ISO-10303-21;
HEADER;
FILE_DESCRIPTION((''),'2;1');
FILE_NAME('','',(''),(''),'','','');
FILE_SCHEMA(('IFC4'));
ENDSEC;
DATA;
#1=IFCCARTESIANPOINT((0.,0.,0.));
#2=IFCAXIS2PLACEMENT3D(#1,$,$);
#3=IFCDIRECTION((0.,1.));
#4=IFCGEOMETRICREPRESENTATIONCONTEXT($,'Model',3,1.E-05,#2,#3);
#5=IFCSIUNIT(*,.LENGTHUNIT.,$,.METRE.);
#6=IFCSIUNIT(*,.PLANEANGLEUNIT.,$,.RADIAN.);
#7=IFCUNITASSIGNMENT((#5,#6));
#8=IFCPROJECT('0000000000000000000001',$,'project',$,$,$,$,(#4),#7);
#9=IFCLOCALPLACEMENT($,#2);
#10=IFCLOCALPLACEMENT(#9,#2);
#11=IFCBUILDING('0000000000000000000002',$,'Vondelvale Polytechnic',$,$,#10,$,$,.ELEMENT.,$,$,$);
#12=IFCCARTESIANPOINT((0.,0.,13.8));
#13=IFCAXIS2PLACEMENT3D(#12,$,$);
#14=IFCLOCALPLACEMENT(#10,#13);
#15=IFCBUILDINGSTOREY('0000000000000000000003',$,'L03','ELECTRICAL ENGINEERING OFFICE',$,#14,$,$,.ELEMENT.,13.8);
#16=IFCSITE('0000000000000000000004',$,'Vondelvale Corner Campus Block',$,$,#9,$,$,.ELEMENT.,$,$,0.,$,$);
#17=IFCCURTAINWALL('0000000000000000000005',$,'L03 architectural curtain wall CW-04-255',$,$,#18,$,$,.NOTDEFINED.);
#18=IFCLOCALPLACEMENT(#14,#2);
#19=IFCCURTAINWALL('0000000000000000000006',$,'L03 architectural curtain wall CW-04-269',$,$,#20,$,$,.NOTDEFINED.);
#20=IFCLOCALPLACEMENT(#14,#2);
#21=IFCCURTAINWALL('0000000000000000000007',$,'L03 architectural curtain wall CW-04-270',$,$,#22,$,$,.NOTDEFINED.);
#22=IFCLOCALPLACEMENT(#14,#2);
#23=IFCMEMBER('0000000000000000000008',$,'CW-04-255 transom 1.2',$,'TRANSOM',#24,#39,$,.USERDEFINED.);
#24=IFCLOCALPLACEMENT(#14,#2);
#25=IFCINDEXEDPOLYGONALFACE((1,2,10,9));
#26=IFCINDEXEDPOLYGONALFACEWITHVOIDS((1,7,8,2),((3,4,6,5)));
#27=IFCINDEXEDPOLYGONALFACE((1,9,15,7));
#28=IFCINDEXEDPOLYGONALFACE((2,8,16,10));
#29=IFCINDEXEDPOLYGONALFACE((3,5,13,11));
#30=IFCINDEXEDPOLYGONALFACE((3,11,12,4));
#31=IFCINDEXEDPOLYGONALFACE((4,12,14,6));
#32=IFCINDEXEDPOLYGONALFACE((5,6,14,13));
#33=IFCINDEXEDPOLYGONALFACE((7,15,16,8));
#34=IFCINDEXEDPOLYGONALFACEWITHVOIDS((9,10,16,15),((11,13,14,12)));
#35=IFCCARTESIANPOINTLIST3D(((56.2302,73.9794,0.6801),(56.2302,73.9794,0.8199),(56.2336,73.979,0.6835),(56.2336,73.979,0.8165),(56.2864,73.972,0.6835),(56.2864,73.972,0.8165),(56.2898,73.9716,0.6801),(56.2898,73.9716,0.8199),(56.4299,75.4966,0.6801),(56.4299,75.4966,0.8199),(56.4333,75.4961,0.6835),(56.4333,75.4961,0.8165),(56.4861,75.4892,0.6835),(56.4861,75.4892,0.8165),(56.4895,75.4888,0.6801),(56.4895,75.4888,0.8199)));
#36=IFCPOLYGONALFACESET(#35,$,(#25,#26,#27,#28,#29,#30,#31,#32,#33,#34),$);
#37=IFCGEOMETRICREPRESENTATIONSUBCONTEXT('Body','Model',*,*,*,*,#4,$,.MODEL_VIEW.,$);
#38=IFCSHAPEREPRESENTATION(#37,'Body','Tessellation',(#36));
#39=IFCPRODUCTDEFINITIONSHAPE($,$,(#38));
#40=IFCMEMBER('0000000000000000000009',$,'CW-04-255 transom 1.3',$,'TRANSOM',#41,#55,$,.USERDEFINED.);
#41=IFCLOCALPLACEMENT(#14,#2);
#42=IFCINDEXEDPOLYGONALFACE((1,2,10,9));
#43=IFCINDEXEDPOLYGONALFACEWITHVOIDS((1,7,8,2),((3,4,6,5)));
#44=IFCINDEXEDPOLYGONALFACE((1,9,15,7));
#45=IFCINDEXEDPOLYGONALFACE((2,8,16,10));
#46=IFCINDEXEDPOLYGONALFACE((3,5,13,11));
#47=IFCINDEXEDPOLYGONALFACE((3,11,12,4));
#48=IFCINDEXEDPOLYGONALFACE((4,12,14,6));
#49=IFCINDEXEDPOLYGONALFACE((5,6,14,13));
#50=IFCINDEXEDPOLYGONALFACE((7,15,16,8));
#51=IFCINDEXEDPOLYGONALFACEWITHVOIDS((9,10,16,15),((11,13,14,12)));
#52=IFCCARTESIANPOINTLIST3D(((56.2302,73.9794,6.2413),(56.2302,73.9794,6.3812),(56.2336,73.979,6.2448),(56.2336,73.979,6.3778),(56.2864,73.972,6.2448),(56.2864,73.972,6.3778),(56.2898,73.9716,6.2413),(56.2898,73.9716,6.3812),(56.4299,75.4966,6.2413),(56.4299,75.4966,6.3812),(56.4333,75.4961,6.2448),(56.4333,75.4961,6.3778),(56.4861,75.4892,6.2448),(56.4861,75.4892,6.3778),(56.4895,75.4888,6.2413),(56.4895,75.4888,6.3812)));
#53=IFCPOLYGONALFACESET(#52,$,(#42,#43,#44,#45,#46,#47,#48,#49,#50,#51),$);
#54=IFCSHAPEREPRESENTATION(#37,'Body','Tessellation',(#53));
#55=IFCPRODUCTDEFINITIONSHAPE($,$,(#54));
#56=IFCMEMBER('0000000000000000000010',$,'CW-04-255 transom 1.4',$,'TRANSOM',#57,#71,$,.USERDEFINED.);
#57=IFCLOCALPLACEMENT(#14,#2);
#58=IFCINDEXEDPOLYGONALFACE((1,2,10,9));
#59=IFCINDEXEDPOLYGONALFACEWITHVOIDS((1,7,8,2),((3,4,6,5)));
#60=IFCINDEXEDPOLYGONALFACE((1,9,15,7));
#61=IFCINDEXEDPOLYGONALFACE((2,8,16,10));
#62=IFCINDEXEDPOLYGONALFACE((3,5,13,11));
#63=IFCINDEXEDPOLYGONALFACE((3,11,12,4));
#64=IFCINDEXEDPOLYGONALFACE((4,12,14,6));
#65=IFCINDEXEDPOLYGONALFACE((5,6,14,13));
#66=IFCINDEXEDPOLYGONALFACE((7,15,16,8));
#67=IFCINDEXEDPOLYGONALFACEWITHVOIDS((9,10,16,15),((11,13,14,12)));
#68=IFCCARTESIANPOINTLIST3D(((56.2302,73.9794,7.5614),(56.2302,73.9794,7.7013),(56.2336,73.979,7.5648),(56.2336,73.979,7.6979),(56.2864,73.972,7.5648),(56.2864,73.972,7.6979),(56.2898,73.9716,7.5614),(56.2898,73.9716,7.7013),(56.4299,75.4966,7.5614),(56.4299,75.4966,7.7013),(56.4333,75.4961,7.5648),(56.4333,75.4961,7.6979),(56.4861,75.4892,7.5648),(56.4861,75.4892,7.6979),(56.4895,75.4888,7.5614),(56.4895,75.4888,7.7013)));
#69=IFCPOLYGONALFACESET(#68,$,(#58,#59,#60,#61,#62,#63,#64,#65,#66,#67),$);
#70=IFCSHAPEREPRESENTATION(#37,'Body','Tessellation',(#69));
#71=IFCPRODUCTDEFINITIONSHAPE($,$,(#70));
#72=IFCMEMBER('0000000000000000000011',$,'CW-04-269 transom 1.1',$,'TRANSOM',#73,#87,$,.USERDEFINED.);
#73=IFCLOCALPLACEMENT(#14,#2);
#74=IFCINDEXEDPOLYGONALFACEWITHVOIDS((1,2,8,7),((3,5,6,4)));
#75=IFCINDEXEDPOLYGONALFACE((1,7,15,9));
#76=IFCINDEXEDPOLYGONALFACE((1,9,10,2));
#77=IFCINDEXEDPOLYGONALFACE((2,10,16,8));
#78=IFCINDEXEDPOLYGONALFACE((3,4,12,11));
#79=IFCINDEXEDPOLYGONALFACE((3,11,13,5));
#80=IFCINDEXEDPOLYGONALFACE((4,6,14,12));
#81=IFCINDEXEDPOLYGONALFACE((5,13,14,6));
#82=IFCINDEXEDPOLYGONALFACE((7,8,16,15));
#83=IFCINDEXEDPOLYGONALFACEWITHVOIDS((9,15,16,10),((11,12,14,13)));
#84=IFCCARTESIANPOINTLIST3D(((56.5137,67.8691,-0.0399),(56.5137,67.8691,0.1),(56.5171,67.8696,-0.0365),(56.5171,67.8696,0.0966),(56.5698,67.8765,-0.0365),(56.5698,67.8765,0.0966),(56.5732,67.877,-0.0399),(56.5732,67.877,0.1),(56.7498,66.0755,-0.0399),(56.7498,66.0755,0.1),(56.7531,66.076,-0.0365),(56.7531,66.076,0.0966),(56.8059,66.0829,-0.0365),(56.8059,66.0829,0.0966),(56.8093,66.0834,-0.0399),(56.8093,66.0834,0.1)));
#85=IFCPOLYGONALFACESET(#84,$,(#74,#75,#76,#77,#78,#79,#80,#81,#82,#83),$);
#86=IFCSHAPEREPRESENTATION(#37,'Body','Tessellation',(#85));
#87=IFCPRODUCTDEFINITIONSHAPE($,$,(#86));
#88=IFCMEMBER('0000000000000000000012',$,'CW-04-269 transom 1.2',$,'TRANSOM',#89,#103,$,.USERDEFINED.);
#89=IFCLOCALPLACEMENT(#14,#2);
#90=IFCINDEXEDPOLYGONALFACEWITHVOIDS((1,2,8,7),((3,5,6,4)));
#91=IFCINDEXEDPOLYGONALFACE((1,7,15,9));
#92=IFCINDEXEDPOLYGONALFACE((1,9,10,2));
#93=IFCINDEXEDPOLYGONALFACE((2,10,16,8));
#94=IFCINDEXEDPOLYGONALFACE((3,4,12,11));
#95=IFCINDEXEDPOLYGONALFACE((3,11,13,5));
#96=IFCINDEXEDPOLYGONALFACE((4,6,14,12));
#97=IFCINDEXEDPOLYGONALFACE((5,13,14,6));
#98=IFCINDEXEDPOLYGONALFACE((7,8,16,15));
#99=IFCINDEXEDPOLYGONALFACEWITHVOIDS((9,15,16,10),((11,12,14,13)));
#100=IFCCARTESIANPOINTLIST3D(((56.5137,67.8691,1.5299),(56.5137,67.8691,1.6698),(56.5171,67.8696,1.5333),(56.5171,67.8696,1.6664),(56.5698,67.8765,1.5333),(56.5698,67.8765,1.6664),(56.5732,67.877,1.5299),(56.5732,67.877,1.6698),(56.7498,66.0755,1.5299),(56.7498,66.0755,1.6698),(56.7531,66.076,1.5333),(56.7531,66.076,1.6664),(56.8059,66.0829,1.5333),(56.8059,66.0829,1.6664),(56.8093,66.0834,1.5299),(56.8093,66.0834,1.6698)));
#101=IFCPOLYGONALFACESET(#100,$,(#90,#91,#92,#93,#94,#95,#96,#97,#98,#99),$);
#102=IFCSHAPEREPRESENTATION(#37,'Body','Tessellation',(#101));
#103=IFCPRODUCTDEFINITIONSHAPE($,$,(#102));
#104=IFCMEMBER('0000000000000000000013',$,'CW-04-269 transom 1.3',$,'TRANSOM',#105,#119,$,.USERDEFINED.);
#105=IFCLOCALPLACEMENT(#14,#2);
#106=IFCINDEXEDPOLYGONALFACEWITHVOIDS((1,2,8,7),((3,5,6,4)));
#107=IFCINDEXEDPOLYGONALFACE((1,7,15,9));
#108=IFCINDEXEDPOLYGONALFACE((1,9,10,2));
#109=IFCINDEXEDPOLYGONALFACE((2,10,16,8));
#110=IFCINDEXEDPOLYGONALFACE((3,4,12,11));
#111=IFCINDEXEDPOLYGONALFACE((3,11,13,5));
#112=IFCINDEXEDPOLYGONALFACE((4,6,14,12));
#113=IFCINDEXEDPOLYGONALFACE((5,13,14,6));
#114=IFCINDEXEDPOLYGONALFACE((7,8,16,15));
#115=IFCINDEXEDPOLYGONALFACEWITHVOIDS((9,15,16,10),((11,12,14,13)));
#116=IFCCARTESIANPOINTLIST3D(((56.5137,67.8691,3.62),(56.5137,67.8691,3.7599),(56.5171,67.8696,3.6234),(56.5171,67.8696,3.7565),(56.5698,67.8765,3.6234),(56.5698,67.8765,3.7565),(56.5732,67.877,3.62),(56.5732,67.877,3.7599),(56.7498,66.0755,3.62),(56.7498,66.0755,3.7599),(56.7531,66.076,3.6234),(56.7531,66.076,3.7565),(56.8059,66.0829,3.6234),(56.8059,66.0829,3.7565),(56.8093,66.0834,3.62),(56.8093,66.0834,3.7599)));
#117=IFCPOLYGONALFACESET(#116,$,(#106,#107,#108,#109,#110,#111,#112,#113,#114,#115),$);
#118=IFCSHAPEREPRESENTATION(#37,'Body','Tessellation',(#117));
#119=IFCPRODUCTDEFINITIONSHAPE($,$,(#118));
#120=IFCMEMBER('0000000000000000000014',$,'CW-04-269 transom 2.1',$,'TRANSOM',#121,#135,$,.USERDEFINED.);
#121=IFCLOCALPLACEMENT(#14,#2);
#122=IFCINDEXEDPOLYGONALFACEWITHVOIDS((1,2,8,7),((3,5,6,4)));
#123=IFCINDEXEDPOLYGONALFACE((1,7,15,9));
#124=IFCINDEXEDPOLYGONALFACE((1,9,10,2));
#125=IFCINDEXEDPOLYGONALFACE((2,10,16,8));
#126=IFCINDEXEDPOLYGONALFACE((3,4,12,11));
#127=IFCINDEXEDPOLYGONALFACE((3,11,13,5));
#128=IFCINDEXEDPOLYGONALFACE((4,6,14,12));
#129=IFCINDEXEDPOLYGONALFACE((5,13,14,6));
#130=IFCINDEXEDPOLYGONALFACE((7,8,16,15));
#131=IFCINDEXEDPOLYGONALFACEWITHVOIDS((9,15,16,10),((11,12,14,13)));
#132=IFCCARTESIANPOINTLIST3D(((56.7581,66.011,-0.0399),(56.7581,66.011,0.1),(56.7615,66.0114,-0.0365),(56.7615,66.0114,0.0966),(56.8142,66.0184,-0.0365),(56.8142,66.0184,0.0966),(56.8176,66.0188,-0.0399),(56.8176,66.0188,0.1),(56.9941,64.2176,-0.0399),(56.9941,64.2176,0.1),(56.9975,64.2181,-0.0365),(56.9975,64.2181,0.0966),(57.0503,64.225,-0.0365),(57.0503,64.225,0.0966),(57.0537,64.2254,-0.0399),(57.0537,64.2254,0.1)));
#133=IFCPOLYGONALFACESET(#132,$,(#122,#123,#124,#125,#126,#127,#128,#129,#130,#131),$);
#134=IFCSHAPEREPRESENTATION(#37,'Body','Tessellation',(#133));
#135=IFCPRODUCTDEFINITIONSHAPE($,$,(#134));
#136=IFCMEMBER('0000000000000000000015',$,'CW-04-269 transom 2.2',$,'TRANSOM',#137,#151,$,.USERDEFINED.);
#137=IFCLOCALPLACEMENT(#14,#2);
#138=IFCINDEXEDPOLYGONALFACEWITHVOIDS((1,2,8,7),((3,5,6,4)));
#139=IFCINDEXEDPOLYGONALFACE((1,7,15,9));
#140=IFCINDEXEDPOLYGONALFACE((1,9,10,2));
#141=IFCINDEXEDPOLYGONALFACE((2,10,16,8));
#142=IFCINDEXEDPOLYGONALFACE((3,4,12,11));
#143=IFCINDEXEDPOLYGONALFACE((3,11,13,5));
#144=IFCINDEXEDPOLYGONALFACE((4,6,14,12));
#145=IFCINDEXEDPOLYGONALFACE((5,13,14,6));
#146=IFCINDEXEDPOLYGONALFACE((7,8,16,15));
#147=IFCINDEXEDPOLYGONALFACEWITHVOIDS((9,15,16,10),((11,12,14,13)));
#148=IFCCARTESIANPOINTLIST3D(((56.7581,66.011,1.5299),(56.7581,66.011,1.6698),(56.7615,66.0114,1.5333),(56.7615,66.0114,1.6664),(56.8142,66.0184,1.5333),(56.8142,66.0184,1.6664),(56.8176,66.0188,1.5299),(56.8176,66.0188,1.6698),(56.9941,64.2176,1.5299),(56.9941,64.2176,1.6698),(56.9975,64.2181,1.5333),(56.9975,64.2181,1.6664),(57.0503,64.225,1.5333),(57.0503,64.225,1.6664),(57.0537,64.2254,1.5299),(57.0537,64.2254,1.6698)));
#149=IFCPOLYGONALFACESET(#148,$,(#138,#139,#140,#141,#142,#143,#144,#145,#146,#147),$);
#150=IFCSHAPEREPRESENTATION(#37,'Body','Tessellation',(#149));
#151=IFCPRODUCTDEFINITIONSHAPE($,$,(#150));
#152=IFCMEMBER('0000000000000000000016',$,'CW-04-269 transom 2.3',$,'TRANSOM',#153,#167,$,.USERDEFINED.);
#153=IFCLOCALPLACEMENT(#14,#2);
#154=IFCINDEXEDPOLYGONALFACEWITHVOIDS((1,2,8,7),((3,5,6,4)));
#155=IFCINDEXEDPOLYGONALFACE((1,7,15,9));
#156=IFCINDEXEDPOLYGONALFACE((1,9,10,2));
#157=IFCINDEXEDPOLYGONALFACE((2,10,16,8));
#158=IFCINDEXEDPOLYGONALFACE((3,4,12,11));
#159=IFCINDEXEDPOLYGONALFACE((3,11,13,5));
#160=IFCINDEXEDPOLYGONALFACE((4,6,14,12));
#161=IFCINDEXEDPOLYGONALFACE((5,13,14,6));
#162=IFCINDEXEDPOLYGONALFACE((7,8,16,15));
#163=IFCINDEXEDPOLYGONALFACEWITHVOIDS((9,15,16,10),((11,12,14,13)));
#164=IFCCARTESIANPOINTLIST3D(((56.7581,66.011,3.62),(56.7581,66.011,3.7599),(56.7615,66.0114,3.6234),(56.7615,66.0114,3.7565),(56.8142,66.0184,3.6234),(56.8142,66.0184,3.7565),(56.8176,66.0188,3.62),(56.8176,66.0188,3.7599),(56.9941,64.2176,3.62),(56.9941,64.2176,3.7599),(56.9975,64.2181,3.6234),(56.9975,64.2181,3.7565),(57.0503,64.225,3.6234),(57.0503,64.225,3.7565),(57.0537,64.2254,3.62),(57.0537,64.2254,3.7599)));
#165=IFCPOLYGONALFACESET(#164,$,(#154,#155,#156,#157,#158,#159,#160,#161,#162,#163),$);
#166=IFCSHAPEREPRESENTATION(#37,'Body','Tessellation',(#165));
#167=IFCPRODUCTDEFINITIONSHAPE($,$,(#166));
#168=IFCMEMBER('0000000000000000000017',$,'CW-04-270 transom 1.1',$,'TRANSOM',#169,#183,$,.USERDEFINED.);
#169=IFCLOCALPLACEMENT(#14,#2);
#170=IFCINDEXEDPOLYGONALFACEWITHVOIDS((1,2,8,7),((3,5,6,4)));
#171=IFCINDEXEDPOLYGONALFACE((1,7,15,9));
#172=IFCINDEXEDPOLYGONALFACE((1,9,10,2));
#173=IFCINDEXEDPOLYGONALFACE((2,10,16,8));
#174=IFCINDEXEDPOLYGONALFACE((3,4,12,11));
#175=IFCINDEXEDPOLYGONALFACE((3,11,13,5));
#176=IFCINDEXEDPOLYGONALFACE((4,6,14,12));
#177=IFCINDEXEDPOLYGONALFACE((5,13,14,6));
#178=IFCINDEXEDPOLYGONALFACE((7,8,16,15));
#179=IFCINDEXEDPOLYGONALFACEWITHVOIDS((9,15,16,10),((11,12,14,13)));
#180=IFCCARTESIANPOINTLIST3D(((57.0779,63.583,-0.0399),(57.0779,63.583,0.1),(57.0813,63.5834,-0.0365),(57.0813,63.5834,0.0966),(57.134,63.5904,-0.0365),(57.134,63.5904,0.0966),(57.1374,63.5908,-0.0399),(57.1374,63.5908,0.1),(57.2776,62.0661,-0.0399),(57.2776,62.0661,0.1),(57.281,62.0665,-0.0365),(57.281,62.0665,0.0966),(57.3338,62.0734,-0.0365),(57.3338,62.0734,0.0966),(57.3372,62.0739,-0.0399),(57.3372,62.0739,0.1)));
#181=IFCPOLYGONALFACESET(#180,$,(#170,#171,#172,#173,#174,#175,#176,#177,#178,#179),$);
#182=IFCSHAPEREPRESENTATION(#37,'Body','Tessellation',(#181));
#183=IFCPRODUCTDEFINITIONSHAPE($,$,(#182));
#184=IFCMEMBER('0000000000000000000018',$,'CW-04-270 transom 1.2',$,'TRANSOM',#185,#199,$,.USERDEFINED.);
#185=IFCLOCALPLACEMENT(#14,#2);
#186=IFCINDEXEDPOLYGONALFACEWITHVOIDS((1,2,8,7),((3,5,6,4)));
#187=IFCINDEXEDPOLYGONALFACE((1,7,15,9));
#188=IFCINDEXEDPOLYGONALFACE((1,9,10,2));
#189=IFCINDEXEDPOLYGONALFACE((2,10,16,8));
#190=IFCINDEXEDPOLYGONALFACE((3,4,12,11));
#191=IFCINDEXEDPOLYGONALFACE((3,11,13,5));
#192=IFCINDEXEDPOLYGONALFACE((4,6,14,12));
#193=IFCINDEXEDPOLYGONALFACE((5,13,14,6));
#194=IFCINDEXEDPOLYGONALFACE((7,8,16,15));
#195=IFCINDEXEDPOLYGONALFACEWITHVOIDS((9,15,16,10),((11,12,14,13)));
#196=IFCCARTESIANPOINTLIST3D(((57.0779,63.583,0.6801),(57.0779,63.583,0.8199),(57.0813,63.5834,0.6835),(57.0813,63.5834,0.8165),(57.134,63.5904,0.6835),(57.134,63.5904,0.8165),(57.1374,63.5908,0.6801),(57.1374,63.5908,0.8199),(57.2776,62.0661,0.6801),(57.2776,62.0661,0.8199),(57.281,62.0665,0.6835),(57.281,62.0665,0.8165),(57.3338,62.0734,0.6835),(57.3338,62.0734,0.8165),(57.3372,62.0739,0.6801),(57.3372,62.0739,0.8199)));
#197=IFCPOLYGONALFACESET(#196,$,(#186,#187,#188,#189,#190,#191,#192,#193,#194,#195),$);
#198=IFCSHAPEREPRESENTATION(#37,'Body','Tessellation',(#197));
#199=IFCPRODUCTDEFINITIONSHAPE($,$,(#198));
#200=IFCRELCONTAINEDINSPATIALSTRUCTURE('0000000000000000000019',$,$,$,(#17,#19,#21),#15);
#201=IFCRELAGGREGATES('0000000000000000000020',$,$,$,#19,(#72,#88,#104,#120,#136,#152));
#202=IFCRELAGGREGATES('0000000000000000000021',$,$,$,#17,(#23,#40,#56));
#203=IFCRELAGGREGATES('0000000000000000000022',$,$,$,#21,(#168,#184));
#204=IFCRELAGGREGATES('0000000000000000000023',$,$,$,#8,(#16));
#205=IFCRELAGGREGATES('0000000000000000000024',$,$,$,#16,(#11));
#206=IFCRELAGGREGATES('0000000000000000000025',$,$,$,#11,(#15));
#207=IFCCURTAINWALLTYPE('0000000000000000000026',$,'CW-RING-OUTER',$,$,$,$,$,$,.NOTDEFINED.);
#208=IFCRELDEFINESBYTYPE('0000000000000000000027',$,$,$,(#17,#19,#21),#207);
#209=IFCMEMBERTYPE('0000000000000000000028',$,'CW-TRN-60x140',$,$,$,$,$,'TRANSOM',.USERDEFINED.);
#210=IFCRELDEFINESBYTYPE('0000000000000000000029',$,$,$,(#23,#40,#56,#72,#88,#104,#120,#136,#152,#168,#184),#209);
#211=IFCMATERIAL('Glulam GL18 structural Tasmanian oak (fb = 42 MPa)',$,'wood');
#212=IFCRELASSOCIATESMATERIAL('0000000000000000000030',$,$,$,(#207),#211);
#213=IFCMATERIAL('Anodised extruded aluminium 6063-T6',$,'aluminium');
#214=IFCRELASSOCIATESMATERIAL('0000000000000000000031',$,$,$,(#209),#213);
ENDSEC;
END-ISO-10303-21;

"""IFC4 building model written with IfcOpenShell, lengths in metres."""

from ifc_helpers import new_model, si_unit, direction, frame, origin, origin_2d, place, context, subcontext, project, spatial, hollow_rectangle, extrude, material, material_profile, profile_set, type_object, element, aggregate, save


model = new_model("IFC4")

# Units and contexts
model_context = context("Model", 3, precision=1e-05, world=origin(), true_north=direction((0.0, 1.0)))
body_context = subcontext(model_context, "Body", "Model", "MODEL_VIEW")
ifc_project = project(units=[si_unit("LENGTHUNIT", "METRE"), si_unit("PLANEANGLEUNIT", "RADIAN")], contexts=[model_context])

# Site, building, storey
site_placement = place(None, origin())
site = spatial("IfcSite", under=ifc_project, at=site_placement, Name="Vondelvale Corner Campus Block", CompositionType="ELEMENT", RefElevation=0.0)
building_placement = place(site_placement, origin())
building = spatial("IfcBuilding", under=site, at=building_placement, Name="Vondelvale Polytechnic", CompositionType="ELEMENT")
storey_placement = place(building_placement, frame((0.0, 0.0, 13.8)))
storey = spatial("IfcBuildingStorey", under=building, at=storey_placement, Name="L03", Description="ELECTRICAL ENGINEERING OFFICE", CompositionType="ELEMENT", Elevation=13.8)

# Shared definitions
ifc_material_1 = material(Name="Glulam GL18 structural Tasmanian oak (fb = 42 MPa)", Category="wood")

# Curtain wall
curtain_wall_type = type_object("IfcCurtainWallType", Name="CW-RING-OUTER", PredefinedType="NOTDEFINED", material=ifc_material_1)
curtain_wall_1_placement = place(storey_placement, origin())
curtain_wall_1 = element("IfcCurtainWall", 1, at=curtain_wall_1_placement, inside=storey, type_object=curtain_wall_type, Name="L03 architectural curtain wall CW-04-255", PredefinedType="NOTDEFINED")
ifc_material_2 = material(Name="Anodised extruded aluminium 6063-T6", Category="aluminium")

# Curtain walls
curtain_wall_2_placement = place(storey_placement, origin())
curtain_wall_2 = element("IfcCurtainWall", 2, at=curtain_wall_2_placement, inside=storey, type_object=curtain_wall_type, Name="L03 architectural curtain wall CW-04-269", PredefinedType="NOTDEFINED")
curtain_wall_3_placement = place(storey_placement, origin())
curtain_wall_3 = element("IfcCurtainWall", 3, at=curtain_wall_3_placement, inside=storey, type_object=curtain_wall_type, Name="L03 architectural curtain wall CW-04-270", PredefinedType="NOTDEFINED")

# Members
ifc_material_profile_1 = material_profile(ifc_material_2, hollow_rectangle(XDim=0.0601, YDim=0.1399, WallThickness=0.0034, at=origin_2d()), Name="CW-TRN-140x60")
ifc_profile_set_1 = profile_set([ifc_material_profile_1], Name="Anodised extruded aluminium 6063-T6")
member_type_1 = type_object("IfcMemberType", Name="CW-TRN-60x140", ElementType="TRANSOM", PredefinedType="USERDEFINED", material=ifc_profile_set_1)
member_1_placement = place(storey_placement, frame((56.4597, 75.4927, 0.75), z_axis=(-0.130512, -0.991447, 0.0), x_axis=(0.991447, -0.130512, 0.0)))
member_1 = element("IfcMember", 4, at=member_1_placement, type_object=member_type_1, Name="CW-04-255 transom 1.2", ObjectType="TRANSOM", PredefinedType="USERDEFINED", context=body_context, shape_type="SweptSolid", body=[
    extrude(hollow_rectangle(XDim=0.0601, YDim=0.1399, WallThickness=0.0034, at=origin_2d()), origin(), (0.0, 0.0, 1.0), 1.5303),
])
member_2_placement = place(storey_placement, frame((56.4597, 75.4927, 6.3113), z_axis=(-0.130512, -0.991447, 0.0), x_axis=(0.991447, -0.130512, 0.0)))
member_2 = element("IfcMember", 5, at=member_2_placement, type_object=member_type_1, Name="CW-04-255 transom 1.3", ObjectType="TRANSOM", PredefinedType="USERDEFINED", context=body_context, shape_type="SweptSolid", body=[
    extrude(hollow_rectangle(XDim=0.0601, YDim=0.1399, WallThickness=0.0034, at=origin_2d()), origin(), (0.0, 0.0, 1.0), 1.5303),
])
member_3_placement = place(storey_placement, frame((56.4597, 75.4927, 7.6313), z_axis=(-0.130512, -0.991447, 0.0), x_axis=(0.991447, -0.130512, 0.0)))
member_3 = element("IfcMember", 6, at=member_3_placement, type_object=member_type_1, Name="CW-04-255 transom 1.4", ObjectType="TRANSOM", PredefinedType="USERDEFINED", context=body_context, shape_type="SweptSolid", body=[
    extrude(hollow_rectangle(XDim=0.0601, YDim=0.1399, WallThickness=0.0034, at=origin_2d()), origin(), (0.0, 0.0, 1.0), 1.5303),
])
member_4_placement = place(storey_placement, frame((56.5435, 67.873, 0.03), z_axis=(0.130493, -0.991449, 0.0), x_axis=(0.991449, 0.130493, 0.0)))
member_4 = element("IfcMember", 7, at=member_4_placement, type_object=member_type_1, Name="CW-04-269 transom 1.1", ObjectType="TRANSOM", PredefinedType="USERDEFINED", context=body_context, shape_type="SweptSolid", body=[
    extrude(hollow_rectangle(XDim=0.0601, YDim=0.1399, WallThickness=0.0034, at=origin_2d()), origin(), (0.0, 0.0, 1.0), 1.8091),
])
member_5_placement = place(storey_placement, frame((56.5435, 67.873, 1.5999), z_axis=(0.130493, -0.991449, 0.0), x_axis=(0.991449, 0.130493, 0.0)))
member_5 = element("IfcMember", 8, at=member_5_placement, type_object=member_type_1, Name="CW-04-269 transom 1.2", ObjectType="TRANSOM", PredefinedType="USERDEFINED", context=body_context, shape_type="SweptSolid", body=[
    extrude(hollow_rectangle(XDim=0.0601, YDim=0.1399, WallThickness=0.0034, at=origin_2d()), origin(), (0.0, 0.0, 1.0), 1.8091),
])
member_6_placement = place(storey_placement, frame((56.5435, 67.873, 3.6899), z_axis=(0.130493, -0.991449, 0.0), x_axis=(0.991449, 0.130493, 0.0)))
member_6 = element("IfcMember", 9, at=member_6_placement, type_object=member_type_1, Name="CW-04-269 transom 1.3", ObjectType="TRANSOM", PredefinedType="USERDEFINED", context=body_context, shape_type="SweptSolid", body=[
    extrude(hollow_rectangle(XDim=0.0601, YDim=0.1399, WallThickness=0.0034, at=origin_2d()), origin(), (0.0, 0.0, 1.0), 1.8091),
])
member_7_placement = place(storey_placement, frame((56.7878, 66.0149, 0.03), z_axis=(0.13051, -0.991447, 0.0), x_axis=(0.991447, 0.13051, 0.0)))
member_7 = element("IfcMember", 10, at=member_7_placement, type_object=member_type_1, Name="CW-04-269 transom 2.1", ObjectType="TRANSOM", PredefinedType="USERDEFINED", context=body_context, shape_type="SweptSolid", body=[
    extrude(hollow_rectangle(XDim=0.0601, YDim=0.1399, WallThickness=0.0034, at=origin_2d()), origin(), (0.0, 0.0, 1.0), 1.8088),
])
member_8_placement = place(storey_placement, frame((56.7878, 66.0149, 1.5999), z_axis=(0.13051, -0.991447, 0.0), x_axis=(0.991447, 0.13051, 0.0)))
member_8 = element("IfcMember", 11, at=member_8_placement, type_object=member_type_1, Name="CW-04-269 transom 2.2", ObjectType="TRANSOM", PredefinedType="USERDEFINED", context=body_context, shape_type="SweptSolid", body=[
    extrude(hollow_rectangle(XDim=0.0601, YDim=0.1399, WallThickness=0.0034, at=origin_2d()), origin(), (0.0, 0.0, 1.0), 1.8088),
])
member_9_placement = place(storey_placement, frame((56.7878, 66.0149, 3.6899), z_axis=(0.13051, -0.991447, 0.0), x_axis=(0.991447, 0.13051, 0.0)))
member_9 = element("IfcMember", 12, at=member_9_placement, type_object=member_type_1, Name="CW-04-269 transom 2.3", ObjectType="TRANSOM", PredefinedType="USERDEFINED", context=body_context, shape_type="SweptSolid", body=[
    extrude(hollow_rectangle(XDim=0.0601, YDim=0.1399, WallThickness=0.0034, at=origin_2d()), origin(), (0.0, 0.0, 1.0), 1.8088),
])
member_10_placement = place(storey_placement, frame((57.1077, 63.5869, 0.03), z_axis=(0.130533, -0.991444, 0.0), x_axis=(0.991444, 0.130533, 0.0)))
member_10 = element("IfcMember", 13, at=member_10_placement, type_object=member_type_1, Name="CW-04-270 transom 1.1", ObjectType="TRANSOM", PredefinedType="USERDEFINED", context=body_context, shape_type="SweptSolid", body=[
    extrude(hollow_rectangle(XDim=0.0601, YDim=0.1399, WallThickness=0.0034, at=origin_2d()), origin(), (0.0, 0.0, 1.0), 1.53),
])
member_11_placement = place(storey_placement, frame((57.1077, 63.5869, 0.75), z_axis=(0.130533, -0.991444, 0.0), x_axis=(0.991444, 0.130533, 0.0)))
member_11 = element("IfcMember", 14, at=member_11_placement, type_object=member_type_1, Name="CW-04-270 transom 1.2", ObjectType="TRANSOM", PredefinedType="USERDEFINED", context=body_context, shape_type="SweptSolid", body=[
    extrude(hollow_rectangle(XDim=0.0601, YDim=0.1399, WallThickness=0.0034, at=origin_2d()), origin(), (0.0, 0.0, 1.0), 1.53),
])

aggregate(curtain_wall_2, [member_4, member_5, member_6, member_7, member_8, member_9])
aggregate(curtain_wall_1, [member_1, member_2, member_3])
aggregate(curtain_wall_3, [member_10, member_11])

save(model, "model.ifc")
